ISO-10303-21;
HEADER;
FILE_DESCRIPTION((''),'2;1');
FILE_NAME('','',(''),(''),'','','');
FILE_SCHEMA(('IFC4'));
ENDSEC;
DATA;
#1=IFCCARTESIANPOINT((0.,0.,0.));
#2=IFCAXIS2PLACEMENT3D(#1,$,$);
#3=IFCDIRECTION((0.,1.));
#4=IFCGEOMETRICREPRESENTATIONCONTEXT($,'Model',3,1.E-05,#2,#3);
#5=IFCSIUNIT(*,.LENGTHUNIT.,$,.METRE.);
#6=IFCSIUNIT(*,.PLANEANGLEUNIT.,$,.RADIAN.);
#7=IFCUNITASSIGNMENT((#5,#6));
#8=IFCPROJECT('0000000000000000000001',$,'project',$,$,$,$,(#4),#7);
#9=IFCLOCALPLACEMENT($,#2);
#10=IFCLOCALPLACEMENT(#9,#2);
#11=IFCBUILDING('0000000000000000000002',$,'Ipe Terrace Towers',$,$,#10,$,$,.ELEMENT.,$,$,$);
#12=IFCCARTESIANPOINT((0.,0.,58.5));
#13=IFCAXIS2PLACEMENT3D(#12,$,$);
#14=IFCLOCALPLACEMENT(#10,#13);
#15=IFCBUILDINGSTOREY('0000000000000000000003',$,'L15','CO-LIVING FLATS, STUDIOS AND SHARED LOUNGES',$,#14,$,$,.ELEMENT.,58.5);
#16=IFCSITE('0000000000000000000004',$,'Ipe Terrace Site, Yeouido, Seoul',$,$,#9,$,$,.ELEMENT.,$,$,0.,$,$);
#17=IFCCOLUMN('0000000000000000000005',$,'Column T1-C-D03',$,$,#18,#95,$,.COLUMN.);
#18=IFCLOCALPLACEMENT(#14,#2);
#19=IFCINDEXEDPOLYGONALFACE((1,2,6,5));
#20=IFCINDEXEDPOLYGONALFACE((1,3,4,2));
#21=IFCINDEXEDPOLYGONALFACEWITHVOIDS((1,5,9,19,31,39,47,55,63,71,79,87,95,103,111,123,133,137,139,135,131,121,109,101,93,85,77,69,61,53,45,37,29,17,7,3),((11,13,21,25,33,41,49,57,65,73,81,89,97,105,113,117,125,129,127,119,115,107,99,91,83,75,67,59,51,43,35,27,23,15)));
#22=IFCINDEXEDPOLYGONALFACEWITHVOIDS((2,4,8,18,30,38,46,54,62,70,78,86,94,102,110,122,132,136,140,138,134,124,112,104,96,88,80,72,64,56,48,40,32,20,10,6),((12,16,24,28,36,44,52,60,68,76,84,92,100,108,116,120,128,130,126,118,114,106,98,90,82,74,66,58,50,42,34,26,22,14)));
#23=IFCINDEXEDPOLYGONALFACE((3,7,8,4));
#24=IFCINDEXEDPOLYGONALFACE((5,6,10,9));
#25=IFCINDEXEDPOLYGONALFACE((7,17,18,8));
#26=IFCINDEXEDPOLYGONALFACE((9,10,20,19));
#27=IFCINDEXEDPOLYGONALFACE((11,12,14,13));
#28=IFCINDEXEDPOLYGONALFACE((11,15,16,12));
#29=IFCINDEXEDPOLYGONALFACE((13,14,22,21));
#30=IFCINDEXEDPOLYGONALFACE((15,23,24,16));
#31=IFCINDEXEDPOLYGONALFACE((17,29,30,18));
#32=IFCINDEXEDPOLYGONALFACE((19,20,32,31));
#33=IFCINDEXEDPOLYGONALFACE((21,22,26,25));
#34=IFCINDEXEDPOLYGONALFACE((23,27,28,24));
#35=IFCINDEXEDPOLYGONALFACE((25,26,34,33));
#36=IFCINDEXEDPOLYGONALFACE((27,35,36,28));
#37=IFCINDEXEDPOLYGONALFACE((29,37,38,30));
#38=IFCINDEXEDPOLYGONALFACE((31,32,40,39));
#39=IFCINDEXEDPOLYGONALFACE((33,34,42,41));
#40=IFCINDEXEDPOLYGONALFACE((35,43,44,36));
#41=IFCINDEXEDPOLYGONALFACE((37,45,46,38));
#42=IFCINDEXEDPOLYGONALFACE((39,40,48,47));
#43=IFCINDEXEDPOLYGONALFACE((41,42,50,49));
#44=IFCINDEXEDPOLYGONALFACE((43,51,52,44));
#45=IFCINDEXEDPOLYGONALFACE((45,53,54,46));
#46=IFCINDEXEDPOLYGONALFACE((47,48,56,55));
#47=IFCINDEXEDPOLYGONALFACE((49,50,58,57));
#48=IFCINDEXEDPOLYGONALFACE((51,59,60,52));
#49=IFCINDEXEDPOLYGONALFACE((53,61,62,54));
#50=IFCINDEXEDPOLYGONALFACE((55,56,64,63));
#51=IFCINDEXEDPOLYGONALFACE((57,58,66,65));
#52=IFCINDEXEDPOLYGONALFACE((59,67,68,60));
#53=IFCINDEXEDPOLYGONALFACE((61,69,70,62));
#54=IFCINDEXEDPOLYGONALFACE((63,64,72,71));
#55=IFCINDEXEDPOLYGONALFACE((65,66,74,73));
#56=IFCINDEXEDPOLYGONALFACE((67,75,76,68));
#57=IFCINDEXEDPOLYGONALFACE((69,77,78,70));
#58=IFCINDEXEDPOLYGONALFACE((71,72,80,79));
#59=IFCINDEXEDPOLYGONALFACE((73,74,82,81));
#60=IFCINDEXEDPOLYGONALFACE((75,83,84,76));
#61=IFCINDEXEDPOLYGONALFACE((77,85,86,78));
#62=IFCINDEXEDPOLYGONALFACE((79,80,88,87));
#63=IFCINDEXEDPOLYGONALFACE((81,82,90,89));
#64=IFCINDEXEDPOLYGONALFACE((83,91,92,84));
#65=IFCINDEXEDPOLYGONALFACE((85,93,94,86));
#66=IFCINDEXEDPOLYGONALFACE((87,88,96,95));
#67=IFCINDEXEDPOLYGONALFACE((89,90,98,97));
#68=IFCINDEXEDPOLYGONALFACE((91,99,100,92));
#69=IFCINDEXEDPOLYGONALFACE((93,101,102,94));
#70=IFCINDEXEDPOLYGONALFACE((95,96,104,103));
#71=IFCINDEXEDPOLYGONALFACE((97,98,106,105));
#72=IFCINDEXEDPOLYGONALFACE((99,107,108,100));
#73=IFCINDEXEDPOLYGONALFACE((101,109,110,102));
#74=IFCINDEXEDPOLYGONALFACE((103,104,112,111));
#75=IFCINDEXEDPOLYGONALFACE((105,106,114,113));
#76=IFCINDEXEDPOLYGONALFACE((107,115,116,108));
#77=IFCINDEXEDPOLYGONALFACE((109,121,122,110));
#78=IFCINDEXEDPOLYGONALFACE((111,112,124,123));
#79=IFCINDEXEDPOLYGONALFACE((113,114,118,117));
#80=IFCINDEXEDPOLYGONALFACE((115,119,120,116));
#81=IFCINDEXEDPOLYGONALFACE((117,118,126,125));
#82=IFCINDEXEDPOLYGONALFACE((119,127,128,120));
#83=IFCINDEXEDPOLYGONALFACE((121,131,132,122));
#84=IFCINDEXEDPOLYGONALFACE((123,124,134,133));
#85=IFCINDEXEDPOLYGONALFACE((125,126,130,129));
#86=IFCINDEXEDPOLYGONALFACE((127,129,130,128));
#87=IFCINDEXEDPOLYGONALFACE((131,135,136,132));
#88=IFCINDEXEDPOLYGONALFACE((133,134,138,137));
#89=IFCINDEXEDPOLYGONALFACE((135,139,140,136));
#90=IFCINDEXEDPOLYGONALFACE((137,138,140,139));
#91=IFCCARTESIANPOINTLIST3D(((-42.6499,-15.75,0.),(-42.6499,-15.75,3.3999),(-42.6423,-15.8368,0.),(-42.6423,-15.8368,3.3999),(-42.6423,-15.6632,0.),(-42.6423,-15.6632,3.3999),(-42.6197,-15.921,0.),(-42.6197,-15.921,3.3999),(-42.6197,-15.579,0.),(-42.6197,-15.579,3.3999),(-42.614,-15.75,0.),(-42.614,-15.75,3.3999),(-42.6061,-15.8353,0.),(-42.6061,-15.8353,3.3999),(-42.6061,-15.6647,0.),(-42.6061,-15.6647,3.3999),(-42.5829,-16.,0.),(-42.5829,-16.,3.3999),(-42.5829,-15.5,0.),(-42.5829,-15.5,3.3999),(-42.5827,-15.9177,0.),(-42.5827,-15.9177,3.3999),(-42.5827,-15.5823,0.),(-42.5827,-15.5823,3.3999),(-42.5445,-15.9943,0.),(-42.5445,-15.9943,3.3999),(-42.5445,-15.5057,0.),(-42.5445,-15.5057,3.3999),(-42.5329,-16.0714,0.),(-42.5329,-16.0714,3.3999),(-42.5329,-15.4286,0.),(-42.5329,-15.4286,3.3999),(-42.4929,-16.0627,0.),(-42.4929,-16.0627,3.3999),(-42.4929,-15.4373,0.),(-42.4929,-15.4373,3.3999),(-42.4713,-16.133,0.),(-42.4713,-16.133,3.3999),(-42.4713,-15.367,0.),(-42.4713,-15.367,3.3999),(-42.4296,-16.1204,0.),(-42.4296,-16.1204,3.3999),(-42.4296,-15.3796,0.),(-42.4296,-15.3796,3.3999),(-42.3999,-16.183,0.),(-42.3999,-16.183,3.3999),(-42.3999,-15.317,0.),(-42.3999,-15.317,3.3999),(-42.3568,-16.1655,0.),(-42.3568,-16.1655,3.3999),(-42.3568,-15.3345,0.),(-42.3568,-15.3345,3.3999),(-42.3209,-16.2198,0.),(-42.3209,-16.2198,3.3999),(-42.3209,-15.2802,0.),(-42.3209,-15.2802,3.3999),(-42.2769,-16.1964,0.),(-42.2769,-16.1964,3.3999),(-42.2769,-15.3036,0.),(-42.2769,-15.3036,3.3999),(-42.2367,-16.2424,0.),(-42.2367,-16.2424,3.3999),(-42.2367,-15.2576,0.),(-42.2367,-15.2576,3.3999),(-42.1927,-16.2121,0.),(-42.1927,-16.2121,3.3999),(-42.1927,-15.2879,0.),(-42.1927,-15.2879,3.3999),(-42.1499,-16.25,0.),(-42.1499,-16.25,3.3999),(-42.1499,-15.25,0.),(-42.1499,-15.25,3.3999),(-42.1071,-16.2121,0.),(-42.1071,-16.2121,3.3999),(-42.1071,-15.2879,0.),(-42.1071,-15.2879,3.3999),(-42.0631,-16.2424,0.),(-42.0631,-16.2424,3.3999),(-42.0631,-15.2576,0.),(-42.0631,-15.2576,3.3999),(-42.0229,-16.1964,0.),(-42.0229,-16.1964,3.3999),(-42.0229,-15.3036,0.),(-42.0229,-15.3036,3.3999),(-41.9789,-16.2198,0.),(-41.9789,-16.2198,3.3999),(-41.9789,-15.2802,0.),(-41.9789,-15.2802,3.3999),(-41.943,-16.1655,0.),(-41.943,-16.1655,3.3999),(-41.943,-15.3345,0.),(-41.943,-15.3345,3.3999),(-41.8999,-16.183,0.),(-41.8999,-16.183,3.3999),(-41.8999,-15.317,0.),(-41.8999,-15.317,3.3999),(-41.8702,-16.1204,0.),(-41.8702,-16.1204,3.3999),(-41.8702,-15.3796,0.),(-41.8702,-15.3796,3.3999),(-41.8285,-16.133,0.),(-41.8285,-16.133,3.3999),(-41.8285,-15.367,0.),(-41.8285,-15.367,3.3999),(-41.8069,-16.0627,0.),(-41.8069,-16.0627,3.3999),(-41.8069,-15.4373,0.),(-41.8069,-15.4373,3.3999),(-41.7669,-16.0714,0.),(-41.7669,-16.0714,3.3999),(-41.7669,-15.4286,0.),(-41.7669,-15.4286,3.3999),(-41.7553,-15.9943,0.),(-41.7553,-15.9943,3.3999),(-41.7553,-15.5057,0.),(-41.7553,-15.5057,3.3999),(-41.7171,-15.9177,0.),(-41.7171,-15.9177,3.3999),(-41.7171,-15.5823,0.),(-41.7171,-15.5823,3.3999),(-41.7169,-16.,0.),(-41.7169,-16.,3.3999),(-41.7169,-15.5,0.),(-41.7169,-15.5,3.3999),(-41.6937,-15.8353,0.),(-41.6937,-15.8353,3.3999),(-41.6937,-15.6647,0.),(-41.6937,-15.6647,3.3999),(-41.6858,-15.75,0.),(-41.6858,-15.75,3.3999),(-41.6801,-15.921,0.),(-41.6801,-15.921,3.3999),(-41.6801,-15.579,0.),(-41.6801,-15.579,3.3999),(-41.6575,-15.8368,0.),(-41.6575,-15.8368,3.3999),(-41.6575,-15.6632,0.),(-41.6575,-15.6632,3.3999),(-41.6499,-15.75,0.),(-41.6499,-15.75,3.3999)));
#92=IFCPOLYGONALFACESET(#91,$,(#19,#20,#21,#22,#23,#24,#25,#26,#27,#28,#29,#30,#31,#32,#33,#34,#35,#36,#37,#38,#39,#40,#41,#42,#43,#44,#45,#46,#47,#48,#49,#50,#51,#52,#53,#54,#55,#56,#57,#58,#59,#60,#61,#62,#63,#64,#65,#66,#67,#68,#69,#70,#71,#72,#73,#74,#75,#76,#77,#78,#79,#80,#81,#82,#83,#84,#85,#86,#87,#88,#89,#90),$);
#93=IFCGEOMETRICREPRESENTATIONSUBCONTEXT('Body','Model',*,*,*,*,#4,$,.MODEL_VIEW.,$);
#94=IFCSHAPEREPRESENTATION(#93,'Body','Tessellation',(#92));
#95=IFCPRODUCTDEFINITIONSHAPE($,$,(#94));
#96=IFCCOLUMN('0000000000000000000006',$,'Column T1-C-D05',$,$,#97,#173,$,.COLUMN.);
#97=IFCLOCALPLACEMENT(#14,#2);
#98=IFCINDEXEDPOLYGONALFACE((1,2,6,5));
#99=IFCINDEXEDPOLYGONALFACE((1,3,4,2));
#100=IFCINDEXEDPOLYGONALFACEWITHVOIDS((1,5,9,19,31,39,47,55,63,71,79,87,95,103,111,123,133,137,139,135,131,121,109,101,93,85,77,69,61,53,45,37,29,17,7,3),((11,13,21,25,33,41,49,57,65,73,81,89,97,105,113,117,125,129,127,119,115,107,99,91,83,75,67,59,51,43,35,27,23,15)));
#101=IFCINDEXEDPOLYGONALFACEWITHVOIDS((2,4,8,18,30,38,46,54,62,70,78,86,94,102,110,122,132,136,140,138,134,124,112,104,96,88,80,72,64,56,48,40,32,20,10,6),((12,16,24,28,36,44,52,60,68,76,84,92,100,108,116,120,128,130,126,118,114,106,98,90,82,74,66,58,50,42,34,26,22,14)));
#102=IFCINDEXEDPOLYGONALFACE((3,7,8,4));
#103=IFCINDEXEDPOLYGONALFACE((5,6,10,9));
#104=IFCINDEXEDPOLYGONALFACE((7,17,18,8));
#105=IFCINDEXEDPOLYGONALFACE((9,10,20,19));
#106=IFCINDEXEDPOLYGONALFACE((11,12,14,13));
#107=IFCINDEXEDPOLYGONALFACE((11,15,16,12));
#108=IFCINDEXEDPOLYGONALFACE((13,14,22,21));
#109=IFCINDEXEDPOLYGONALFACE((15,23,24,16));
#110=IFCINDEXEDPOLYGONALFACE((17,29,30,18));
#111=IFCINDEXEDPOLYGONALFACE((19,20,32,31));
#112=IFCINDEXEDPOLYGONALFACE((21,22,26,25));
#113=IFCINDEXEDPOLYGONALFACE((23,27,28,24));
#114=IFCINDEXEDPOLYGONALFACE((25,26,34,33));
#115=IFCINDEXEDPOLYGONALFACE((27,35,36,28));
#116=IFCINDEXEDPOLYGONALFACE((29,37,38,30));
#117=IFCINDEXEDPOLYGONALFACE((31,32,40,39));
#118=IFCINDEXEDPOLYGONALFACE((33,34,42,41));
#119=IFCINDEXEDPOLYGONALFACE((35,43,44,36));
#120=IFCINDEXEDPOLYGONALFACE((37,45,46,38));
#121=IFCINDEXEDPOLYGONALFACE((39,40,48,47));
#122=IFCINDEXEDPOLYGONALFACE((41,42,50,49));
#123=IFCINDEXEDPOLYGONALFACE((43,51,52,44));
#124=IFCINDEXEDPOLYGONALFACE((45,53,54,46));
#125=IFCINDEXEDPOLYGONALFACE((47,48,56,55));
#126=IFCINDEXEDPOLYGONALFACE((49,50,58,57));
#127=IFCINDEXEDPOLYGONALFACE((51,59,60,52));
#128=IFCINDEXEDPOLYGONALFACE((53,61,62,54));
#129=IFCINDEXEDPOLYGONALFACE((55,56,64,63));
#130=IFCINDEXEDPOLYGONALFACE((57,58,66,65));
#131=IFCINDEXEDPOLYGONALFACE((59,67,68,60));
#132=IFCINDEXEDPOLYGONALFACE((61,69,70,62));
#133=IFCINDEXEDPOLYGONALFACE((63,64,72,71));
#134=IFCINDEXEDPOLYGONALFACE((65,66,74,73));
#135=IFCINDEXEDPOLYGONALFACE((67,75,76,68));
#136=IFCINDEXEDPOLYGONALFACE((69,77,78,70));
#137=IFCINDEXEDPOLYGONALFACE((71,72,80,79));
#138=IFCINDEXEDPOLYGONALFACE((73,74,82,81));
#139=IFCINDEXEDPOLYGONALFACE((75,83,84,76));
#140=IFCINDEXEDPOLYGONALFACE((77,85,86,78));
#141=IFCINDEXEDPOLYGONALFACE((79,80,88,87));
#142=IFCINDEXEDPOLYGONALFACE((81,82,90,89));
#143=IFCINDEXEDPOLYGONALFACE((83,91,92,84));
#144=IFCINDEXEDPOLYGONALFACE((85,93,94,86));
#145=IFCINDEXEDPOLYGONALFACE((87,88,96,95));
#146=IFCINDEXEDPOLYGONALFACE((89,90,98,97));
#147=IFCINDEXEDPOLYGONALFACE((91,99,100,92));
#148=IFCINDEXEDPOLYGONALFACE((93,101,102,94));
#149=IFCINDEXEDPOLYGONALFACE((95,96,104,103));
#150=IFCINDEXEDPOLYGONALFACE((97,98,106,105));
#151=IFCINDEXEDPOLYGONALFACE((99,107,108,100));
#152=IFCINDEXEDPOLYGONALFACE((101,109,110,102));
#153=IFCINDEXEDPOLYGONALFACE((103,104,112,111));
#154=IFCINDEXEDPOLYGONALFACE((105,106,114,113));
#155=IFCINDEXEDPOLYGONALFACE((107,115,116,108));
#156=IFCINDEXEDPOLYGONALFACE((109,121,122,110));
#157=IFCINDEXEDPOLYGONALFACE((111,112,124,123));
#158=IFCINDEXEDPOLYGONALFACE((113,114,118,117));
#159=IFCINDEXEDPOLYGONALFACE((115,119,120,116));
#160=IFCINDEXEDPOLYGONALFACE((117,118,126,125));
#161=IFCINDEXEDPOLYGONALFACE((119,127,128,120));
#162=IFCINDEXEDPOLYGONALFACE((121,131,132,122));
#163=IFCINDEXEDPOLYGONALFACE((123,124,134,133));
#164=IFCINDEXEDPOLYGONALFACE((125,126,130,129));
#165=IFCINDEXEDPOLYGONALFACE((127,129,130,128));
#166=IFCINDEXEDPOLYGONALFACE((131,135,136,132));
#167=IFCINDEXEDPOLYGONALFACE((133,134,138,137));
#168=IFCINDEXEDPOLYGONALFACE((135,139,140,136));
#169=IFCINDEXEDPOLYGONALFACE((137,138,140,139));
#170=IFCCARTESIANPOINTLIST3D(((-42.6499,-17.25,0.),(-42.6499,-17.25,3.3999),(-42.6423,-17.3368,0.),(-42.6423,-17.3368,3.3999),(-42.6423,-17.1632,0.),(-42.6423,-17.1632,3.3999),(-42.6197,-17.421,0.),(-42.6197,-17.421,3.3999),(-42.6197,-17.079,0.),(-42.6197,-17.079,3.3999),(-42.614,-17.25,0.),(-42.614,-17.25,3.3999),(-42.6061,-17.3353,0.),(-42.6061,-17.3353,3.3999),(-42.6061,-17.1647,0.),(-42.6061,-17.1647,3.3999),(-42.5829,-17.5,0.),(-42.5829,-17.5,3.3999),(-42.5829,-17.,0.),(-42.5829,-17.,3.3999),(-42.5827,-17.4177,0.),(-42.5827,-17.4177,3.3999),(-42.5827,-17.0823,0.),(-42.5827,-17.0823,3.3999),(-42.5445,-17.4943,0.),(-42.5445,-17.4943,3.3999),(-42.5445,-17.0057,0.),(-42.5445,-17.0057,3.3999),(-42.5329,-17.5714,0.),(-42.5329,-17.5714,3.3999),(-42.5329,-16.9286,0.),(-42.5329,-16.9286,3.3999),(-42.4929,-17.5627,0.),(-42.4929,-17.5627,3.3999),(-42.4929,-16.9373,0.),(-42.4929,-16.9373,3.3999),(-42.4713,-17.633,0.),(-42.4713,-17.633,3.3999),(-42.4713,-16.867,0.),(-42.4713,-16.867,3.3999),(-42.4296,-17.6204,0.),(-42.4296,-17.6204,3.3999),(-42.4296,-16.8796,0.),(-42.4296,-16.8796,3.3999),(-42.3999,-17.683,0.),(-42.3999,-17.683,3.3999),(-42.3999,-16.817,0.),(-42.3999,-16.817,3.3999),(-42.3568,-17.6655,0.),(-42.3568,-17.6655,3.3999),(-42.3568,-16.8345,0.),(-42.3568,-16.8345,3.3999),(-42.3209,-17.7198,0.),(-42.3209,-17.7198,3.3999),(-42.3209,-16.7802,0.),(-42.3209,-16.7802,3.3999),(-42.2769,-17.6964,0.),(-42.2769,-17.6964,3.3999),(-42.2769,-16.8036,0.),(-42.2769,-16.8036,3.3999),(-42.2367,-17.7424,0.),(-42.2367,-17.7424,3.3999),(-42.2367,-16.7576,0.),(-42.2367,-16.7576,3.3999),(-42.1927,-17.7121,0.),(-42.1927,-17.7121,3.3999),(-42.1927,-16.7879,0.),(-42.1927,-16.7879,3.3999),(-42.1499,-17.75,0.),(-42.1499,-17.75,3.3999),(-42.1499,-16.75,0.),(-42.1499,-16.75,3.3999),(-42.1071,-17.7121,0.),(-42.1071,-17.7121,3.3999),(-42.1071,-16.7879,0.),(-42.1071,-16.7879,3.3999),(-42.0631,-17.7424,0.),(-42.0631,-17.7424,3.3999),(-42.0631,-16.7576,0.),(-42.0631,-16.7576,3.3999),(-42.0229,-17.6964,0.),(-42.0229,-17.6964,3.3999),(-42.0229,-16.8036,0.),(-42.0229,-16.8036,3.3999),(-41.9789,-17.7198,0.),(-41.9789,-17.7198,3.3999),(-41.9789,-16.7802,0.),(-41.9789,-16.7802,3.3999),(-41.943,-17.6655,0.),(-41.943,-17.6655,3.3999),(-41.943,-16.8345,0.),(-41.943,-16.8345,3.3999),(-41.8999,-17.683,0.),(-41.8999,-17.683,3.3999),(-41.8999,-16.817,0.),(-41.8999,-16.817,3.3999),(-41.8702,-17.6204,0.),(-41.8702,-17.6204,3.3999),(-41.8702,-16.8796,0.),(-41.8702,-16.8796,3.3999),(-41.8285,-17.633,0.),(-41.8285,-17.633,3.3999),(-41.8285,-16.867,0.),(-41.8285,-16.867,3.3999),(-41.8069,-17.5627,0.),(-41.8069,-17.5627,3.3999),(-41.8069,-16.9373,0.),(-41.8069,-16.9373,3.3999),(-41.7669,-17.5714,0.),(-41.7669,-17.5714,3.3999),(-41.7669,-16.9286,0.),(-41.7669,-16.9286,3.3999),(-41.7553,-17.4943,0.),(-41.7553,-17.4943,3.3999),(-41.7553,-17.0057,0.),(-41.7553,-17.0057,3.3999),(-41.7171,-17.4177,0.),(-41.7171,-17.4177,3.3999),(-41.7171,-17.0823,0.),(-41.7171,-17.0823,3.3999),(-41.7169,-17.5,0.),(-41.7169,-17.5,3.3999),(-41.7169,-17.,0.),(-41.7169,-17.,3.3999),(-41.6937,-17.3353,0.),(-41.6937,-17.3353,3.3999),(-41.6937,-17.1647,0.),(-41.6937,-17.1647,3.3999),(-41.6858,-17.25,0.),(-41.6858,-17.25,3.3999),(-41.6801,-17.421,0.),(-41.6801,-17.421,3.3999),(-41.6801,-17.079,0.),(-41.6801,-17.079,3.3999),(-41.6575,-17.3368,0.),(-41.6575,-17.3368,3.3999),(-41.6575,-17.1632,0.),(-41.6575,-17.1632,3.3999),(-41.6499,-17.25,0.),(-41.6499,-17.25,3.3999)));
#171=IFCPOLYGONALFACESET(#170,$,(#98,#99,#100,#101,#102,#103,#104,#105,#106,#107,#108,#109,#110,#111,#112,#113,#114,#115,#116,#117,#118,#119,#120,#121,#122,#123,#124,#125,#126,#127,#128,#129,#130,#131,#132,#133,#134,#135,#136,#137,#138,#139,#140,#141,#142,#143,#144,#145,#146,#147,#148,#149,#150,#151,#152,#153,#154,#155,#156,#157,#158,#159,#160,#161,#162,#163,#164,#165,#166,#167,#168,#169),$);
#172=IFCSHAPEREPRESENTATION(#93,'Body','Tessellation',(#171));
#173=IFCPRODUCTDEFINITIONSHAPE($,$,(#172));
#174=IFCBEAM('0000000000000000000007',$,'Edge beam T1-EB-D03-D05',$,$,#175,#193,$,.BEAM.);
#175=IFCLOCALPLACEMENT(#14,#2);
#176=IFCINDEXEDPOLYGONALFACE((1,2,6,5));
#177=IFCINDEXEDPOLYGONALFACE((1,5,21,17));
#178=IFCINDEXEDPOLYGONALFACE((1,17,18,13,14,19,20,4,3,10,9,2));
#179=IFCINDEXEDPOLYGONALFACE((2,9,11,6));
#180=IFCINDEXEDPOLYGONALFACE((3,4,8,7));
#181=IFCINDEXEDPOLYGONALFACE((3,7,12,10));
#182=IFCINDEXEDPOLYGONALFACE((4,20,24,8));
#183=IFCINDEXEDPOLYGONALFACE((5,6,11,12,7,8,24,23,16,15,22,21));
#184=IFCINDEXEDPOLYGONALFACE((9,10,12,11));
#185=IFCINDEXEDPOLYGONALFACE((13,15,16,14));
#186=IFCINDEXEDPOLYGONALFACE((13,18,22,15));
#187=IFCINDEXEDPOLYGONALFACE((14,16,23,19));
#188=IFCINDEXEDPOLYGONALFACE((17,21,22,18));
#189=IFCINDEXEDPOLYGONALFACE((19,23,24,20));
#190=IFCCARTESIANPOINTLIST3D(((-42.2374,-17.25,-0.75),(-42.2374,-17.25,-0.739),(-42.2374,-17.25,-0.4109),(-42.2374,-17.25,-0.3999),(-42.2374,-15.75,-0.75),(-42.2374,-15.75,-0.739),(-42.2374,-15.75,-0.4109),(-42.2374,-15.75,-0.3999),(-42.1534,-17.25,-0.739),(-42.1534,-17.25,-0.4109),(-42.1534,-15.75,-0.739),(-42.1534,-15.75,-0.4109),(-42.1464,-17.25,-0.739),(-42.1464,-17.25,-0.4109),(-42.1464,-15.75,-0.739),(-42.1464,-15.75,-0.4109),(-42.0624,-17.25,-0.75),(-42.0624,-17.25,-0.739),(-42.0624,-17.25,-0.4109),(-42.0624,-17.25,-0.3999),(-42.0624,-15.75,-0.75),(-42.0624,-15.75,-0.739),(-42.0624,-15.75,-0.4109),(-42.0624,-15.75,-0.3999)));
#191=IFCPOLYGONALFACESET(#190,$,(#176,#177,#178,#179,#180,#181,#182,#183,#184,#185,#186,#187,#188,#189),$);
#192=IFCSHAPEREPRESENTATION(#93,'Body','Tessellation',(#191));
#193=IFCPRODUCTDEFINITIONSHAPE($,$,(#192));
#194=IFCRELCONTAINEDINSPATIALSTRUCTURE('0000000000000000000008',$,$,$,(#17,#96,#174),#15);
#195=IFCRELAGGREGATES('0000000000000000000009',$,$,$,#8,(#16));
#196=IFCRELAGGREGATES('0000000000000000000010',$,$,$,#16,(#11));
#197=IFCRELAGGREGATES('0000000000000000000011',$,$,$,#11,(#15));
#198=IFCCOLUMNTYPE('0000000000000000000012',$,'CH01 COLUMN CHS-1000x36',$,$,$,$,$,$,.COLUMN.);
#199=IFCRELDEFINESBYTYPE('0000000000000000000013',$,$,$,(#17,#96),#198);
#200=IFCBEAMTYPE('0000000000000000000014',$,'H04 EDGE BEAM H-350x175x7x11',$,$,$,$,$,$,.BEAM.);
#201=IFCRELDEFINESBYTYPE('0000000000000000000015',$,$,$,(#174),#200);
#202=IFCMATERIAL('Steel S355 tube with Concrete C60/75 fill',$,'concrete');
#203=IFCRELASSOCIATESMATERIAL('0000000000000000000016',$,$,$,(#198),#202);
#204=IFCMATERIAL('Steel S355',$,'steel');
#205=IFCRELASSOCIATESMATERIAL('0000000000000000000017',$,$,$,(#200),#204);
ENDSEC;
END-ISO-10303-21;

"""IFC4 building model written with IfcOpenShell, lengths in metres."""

from ifc_helpers import new_model, si_unit, direction, frame, origin, origin_2d, place, context, subcontext, project, spatial, hollow_circle, i_section, extrude, material, material_profile, profile_set, type_object, element, save


model = new_model("IFC4")

# Units and contexts
model_context = context("Model", 3, precision=1e-05, world=origin(), true_north=direction((0.0, 1.0)))
body_context = subcontext(model_context, "Body", "Model", "MODEL_VIEW")
ifc_project = project(units=[si_unit("LENGTHUNIT", "METRE"), si_unit("PLANEANGLEUNIT", "RADIAN")], contexts=[model_context])

# Site, building, storey
site_placement = place(None, origin())
site = spatial("IfcSite", under=ifc_project, at=site_placement, Name="Ipe Terrace Site, Yeouido, Seoul", CompositionType="ELEMENT", RefElevation=0.0)
building_placement = place(site_placement, origin())
building = spatial("IfcBuilding", under=site, at=building_placement, Name="Ipe Terrace Towers", CompositionType="ELEMENT")
storey_placement = place(building_placement, frame((0.0, 0.0, 58.5)))
storey = spatial("IfcBuildingStorey", under=building, at=storey_placement, Name="L15", Description="CO-LIVING FLATS, STUDIOS AND SHARED LOUNGES", CompositionType="ELEMENT", Elevation=58.5)

# Columns
ifc_material_1 = material(Name="Steel S355 tube with Concrete C60/75 fill", Category="concrete")
ifc_material_profile_1 = material_profile(ifc_material_1, hollow_circle(Radius=0.5, WallThickness=0.0359, at=origin_2d()), Name="CHS-1000x36")
ifc_profile_set_1 = profile_set([ifc_material_profile_1], Name="Steel S355 tube with Concrete C60/75 fill")
column_type = type_object("IfcColumnType", Name="CH01 COLUMN CHS-1000x36", PredefinedType="COLUMN", material=ifc_profile_set_1)
for number, where, z_axis, x_axis, name in (
    (1, (-42.1499, -15.75, 0.0), (0.0, 0.0, 1.0), (1.0, 0.0, 0.0), "Column T1-C-D03"),
    (2, (-42.1499, -17.25, 0.0), (0.0, 0.0, 1.0), (1.0, 0.0, 0.0), "Column T1-C-D05"),
):
    element("IfcColumn", number, at=place(storey_placement, frame(where, z_axis=z_axis, x_axis=x_axis)), inside=storey, type_object=column_type, Name=name, PredefinedType="COLUMN", context=body_context, shape_type="SweptSolid", body=[
        extrude(hollow_circle(Radius=0.5, WallThickness=0.0359, at=origin_2d()), origin(), (0.0, 0.0, 1.0), 3.3999),
    ])

# Beam
ifc_material_2 = material(Name="Steel S355", Category="steel")
ifc_material_profile_2 = material_profile(ifc_material_2, i_section(OverallWidth=0.175, OverallDepth=0.3501, WebThickness=0.0071, FlangeThickness=0.011, at=origin_2d()), Name="H-350x175x7x11")
ifc_profile_set_2 = profile_set([ifc_material_profile_2], Name="Steel S355")
beam_type = type_object("IfcBeamType", Name="H04 EDGE BEAM H-350x175x7x11", PredefinedType="BEAM", material=ifc_profile_set_2)
beam_placement = place(storey_placement, frame((-42.1499, -15.75, -0.575), z_axis=(0.0, -1.0, 0.0), x_axis=(1.0, 0.0, 0.0)))
element("IfcBeam", 3, at=beam_placement, inside=storey, type_object=beam_type, Name="Edge beam T1-EB-D03-D05", PredefinedType="BEAM", context=body_context, shape_type="SweptSolid", body=[
    extrude(i_section(OverallWidth=0.175, OverallDepth=0.3501, WebThickness=0.0071, FlangeThickness=0.011, at=origin_2d()), origin(), (0.0, 0.0, 1.0), 1.5),
])

save(model, "model.ifc")
